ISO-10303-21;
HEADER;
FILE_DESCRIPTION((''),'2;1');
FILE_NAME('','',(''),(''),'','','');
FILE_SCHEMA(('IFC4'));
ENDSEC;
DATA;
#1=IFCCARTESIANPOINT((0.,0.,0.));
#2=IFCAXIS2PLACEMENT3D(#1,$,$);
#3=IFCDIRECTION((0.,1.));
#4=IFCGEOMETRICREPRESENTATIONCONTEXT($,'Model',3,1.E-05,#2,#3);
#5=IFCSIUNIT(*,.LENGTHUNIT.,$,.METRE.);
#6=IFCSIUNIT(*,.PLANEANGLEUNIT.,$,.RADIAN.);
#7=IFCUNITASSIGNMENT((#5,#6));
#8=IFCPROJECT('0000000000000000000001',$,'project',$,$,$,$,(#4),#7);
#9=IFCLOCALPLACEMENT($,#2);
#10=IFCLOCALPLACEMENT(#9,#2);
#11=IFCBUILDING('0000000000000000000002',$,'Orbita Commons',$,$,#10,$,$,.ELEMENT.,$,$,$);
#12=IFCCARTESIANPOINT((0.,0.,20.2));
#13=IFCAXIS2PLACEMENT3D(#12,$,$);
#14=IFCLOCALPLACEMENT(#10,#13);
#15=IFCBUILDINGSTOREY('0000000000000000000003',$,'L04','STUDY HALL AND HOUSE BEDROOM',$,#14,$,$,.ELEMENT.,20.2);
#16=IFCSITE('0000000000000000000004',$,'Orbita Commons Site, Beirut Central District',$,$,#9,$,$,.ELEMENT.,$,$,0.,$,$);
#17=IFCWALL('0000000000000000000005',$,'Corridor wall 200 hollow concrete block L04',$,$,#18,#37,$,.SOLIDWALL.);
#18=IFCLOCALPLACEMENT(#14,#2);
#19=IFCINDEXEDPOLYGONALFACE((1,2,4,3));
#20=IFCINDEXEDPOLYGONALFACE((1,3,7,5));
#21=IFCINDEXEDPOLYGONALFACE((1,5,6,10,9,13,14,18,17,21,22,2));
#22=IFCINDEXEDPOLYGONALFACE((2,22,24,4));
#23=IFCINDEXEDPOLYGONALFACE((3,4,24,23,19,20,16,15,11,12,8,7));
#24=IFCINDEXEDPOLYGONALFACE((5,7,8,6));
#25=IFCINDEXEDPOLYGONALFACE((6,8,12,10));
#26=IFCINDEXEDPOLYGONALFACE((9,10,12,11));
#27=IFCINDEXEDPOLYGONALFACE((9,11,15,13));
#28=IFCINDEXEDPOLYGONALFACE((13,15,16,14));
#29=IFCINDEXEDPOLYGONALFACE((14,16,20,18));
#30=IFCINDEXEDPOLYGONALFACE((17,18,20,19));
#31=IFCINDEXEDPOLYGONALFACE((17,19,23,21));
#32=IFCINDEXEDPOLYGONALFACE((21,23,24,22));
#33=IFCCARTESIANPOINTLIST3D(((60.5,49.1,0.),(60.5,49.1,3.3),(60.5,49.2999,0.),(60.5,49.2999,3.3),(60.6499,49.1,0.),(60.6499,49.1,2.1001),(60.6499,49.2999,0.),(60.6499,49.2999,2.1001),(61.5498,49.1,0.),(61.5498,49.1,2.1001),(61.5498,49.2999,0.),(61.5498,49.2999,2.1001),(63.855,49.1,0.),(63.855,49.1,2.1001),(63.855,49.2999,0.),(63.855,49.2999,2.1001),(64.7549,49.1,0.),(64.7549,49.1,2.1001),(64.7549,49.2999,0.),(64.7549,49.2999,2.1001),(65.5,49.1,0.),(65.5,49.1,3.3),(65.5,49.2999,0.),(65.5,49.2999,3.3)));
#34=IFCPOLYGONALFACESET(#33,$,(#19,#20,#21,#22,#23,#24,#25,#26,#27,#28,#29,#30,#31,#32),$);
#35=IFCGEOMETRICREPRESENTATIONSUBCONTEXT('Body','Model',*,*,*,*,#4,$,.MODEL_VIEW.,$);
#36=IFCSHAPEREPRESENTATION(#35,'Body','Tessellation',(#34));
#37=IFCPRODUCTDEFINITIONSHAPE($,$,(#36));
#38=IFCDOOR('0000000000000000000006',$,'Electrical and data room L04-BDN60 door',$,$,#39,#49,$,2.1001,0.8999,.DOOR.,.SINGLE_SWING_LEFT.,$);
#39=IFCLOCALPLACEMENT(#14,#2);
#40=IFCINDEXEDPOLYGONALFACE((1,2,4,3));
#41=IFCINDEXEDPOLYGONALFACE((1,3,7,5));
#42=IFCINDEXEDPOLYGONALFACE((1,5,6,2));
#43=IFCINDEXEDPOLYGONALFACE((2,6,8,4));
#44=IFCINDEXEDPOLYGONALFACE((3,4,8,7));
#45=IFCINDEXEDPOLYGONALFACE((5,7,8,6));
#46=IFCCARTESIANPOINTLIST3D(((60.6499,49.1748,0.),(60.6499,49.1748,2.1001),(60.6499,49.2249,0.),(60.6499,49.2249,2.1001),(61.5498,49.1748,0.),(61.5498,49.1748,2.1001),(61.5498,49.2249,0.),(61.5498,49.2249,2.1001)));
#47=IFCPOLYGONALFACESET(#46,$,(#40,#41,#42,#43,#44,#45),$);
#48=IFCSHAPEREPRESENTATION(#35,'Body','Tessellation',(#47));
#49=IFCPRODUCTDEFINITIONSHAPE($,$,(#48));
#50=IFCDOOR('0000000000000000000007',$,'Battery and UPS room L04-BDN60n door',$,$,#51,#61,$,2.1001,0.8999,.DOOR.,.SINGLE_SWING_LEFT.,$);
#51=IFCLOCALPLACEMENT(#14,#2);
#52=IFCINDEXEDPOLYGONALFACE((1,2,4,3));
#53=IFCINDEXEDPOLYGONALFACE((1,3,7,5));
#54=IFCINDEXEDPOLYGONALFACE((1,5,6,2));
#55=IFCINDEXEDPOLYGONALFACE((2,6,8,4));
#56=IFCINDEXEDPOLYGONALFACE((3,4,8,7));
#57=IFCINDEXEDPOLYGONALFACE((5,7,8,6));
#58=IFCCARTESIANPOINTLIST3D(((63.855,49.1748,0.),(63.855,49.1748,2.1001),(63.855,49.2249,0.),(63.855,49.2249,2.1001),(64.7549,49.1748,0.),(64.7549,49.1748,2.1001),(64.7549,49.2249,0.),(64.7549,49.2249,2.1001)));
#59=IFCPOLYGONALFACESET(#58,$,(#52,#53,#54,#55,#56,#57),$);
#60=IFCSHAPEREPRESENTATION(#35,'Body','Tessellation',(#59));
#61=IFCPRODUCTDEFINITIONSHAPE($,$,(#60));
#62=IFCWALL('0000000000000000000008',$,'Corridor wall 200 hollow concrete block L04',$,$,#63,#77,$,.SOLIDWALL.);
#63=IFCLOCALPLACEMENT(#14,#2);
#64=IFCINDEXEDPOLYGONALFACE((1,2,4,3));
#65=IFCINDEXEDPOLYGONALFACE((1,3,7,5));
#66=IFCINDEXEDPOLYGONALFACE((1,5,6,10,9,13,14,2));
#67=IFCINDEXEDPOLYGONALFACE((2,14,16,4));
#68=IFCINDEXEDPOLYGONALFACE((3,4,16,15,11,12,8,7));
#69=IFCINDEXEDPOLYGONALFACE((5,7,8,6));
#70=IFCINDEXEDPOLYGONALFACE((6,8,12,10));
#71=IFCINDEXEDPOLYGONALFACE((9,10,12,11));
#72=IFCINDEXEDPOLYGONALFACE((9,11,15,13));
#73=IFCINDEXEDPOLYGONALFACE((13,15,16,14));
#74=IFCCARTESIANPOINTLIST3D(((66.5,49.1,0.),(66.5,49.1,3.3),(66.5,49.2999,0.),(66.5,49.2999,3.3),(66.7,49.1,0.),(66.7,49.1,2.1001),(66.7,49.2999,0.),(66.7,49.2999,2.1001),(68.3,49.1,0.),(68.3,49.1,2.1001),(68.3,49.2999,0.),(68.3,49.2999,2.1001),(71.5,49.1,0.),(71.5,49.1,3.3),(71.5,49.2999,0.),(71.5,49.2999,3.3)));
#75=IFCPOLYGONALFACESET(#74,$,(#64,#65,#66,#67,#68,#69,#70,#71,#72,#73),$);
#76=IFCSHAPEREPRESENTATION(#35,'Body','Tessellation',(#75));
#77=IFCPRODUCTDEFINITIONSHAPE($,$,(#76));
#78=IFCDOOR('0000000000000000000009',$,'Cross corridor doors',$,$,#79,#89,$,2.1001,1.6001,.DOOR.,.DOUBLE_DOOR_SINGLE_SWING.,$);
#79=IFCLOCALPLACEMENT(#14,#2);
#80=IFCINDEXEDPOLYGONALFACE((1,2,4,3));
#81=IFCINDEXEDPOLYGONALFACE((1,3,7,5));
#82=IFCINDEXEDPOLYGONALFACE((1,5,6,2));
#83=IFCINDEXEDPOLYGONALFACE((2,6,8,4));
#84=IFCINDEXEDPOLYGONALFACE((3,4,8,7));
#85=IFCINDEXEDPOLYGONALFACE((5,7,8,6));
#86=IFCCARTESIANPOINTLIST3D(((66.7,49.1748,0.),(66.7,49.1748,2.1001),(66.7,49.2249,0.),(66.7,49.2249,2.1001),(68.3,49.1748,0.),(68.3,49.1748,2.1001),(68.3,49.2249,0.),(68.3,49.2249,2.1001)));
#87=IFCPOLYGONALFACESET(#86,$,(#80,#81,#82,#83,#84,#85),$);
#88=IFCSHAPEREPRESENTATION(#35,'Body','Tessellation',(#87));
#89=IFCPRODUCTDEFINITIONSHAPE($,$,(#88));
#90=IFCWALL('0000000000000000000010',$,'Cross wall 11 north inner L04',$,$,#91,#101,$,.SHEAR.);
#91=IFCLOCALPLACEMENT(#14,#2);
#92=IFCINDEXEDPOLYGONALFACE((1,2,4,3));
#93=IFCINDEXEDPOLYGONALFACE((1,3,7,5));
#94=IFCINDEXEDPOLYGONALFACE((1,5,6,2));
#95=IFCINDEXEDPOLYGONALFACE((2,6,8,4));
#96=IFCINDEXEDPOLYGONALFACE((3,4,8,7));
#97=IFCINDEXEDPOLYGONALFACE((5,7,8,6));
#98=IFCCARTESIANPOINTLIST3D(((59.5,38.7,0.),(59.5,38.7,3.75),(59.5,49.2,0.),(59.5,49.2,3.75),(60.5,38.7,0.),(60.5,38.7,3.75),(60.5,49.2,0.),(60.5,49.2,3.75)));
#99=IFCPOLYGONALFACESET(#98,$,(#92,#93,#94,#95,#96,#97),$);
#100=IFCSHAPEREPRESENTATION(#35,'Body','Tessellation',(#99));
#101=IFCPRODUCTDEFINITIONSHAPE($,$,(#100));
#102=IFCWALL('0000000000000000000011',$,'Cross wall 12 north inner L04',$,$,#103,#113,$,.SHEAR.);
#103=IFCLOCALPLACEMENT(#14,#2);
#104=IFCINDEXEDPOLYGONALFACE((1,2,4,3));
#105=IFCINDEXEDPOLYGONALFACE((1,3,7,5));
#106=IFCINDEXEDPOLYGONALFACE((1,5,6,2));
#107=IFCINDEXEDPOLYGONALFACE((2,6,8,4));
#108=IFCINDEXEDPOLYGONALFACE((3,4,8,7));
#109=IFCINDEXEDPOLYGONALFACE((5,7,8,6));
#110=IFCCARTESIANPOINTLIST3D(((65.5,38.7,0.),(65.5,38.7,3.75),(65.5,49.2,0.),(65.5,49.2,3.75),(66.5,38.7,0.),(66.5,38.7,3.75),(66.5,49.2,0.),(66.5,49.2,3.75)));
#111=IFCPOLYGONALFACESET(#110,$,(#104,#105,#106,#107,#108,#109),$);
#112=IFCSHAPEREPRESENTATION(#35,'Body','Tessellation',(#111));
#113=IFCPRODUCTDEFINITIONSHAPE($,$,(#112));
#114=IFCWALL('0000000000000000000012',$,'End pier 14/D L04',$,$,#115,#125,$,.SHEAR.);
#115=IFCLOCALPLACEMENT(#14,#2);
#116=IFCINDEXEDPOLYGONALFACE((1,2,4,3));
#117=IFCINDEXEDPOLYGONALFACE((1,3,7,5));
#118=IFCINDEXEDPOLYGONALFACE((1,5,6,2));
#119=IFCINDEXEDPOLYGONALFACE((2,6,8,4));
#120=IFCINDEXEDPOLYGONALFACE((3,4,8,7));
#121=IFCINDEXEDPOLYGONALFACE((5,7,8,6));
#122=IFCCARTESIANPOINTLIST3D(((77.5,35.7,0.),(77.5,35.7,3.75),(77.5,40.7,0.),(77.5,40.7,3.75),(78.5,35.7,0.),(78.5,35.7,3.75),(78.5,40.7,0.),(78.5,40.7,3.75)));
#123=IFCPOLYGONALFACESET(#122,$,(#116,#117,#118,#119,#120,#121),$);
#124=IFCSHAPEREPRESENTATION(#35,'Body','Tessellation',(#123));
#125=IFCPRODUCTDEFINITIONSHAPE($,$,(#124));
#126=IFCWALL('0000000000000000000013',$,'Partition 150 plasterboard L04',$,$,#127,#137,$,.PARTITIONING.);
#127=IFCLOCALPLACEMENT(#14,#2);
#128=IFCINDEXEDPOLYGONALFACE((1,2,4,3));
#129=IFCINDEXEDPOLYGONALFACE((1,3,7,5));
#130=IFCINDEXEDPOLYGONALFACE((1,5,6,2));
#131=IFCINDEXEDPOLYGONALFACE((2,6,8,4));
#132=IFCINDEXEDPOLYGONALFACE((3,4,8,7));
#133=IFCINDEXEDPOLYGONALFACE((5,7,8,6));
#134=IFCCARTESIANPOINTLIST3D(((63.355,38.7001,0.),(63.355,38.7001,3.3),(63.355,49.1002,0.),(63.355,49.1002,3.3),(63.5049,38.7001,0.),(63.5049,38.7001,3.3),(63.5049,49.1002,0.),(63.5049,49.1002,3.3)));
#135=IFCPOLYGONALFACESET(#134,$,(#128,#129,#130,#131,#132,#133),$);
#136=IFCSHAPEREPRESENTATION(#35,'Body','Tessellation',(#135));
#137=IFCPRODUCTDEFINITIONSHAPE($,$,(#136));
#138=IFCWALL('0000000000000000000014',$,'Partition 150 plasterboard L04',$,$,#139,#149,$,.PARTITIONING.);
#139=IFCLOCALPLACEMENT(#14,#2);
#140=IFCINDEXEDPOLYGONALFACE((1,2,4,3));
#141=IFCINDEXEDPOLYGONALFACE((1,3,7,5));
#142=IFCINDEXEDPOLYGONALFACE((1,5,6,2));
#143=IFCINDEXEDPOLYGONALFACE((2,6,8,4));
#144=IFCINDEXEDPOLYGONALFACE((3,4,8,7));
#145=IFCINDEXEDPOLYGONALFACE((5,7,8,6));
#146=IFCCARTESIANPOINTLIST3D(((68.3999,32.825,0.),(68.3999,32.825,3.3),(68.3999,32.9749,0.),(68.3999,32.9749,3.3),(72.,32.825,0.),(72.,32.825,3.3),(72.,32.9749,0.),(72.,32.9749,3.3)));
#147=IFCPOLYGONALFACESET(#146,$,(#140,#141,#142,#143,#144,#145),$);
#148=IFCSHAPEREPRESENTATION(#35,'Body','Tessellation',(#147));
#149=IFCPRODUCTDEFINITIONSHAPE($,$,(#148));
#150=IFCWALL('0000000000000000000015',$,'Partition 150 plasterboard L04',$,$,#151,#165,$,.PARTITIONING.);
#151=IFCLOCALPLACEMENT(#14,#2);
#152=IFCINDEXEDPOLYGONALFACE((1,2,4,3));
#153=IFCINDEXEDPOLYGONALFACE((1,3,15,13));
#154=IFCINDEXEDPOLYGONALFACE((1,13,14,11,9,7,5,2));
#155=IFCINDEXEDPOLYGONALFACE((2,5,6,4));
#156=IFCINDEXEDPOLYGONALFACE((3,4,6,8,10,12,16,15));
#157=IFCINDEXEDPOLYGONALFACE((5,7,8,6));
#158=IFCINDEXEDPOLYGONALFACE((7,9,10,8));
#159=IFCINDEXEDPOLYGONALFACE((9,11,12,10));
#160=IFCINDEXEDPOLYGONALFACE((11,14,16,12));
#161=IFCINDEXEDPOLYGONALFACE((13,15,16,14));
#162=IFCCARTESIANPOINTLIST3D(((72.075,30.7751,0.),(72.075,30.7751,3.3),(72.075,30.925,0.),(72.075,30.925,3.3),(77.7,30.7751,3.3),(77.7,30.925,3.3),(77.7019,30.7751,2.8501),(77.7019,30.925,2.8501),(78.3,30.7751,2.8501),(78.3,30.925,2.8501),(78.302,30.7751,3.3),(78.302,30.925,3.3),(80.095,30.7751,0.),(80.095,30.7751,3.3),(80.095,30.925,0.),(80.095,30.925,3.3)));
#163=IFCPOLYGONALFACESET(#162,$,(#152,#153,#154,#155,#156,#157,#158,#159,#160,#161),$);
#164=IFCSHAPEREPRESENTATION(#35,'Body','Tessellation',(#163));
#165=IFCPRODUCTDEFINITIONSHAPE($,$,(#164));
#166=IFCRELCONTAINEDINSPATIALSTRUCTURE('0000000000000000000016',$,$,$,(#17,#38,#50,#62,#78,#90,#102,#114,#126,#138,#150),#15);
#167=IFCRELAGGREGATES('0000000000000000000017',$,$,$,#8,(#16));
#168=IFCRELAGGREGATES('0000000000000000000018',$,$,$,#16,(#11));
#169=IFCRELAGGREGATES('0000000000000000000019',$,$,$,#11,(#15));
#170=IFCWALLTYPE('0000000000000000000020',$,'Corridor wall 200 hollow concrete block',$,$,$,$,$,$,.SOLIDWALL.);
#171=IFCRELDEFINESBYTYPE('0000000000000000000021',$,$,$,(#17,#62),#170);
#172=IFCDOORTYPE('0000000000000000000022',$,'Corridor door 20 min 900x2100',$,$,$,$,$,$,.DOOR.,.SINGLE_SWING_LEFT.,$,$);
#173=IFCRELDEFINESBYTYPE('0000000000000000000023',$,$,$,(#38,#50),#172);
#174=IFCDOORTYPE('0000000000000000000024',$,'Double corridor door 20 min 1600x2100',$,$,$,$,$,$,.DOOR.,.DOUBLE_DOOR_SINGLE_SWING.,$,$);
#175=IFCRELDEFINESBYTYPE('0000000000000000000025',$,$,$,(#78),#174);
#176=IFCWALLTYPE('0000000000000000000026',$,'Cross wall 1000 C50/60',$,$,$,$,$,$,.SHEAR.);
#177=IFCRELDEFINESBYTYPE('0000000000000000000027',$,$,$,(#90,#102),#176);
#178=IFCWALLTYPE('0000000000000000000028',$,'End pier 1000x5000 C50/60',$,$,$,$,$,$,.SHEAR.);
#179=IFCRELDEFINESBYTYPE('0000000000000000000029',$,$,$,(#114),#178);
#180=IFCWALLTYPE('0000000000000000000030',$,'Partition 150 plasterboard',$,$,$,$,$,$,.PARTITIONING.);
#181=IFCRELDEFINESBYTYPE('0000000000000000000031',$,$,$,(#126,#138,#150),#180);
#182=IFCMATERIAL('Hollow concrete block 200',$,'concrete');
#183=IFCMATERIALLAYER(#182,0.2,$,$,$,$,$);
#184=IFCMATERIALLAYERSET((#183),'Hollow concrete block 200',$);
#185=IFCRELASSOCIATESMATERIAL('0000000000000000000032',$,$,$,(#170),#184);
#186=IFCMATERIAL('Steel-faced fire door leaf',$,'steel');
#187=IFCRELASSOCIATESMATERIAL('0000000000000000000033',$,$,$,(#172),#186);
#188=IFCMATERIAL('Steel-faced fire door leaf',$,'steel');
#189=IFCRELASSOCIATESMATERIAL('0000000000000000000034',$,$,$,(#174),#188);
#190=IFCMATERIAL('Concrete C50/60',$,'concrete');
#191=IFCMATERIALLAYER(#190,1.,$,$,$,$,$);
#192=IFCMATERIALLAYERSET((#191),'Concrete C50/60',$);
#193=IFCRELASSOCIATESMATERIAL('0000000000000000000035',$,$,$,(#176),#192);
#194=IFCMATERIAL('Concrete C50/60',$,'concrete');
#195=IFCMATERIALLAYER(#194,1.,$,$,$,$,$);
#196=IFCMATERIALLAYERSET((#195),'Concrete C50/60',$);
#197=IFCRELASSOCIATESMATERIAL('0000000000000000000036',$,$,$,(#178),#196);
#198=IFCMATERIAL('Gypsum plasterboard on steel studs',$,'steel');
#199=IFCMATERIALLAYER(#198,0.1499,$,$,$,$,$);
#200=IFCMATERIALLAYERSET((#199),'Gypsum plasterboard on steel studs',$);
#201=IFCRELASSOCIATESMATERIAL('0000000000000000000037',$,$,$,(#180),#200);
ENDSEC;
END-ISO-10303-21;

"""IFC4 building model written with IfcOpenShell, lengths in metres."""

from ifc_helpers import new_model, si_unit, direction, frame, frame_2d, origin, place, context, subcontext, project, spatial, polyline, rectangle, outline, extrude, material, layer, layer_set, type_object, element, fill, save


model = new_model("IFC4")

# Units and contexts
model_context = context("Model", 3, precision=1e-05, world=origin(), true_north=direction((0.0, 1.0)))
body_context = subcontext(model_context, "Body", "Model", "MODEL_VIEW")
ifc_project = project(units=[si_unit("LENGTHUNIT", "METRE"), si_unit("PLANEANGLEUNIT", "RADIAN")], contexts=[model_context])

# Site, building, storey
site_placement = place(None, origin())
site = spatial("IfcSite", under=ifc_project, at=site_placement, Name="Orbita Commons Site, Beirut Central District", CompositionType="ELEMENT", RefElevation=0.0)
building_placement = place(site_placement, origin())
building = spatial("IfcBuilding", under=site, at=building_placement, Name="Orbita Commons", CompositionType="ELEMENT")
storey_placement = place(building_placement, frame((0.0, 0.0, 20.2)))
storey = spatial("IfcBuildingStorey", under=building, at=storey_placement, Name="L04", Description="STUDY HALL AND HOUSE BEDROOM", CompositionType="ELEMENT", Elevation=20.2)

# Wall, openings, doors
ifc_material_1 = material(Name="Hollow concrete block 200", Category="concrete")
ifc_layer_1 = layer(ifc_material_1, 0.2)
ifc_layer_set_1 = layer_set([ifc_layer_1], Name="Hollow concrete block 200")
wall_type_1 = type_object("IfcWallType", Name="Corridor wall 200 hollow concrete block", PredefinedType="SOLIDWALL", material=ifc_layer_set_1)
wall_1_placement = place(storey_placement, frame((60.5, 49.2, 0.0), z_axis=(0.0, 0.0, 1.0), x_axis=(1.0, 0.0, 0.0)))
wall_1 = element("IfcWall", 1, at=wall_1_placement, inside=storey, type_object=wall_type_1, Name="Corridor wall 200 hollow concrete block L04", PredefinedType="SOLIDWALL", context=body_context, shape_type="SweptSolid", body=[
    extrude(rectangle(XDim=5.0, YDim=0.2, at=frame_2d((2.5, 0.0))), origin(), (0.0, 0.0, 1.0), 3.3),
])
opening_1_placement = place(wall_1_placement, frame((0.1499, 0.0, 0.0)))
opening_1 = element("IfcOpeningElement", 2, at=opening_1_placement, cuts=wall_1, PredefinedType="OPENING", context=body_context, shape_type="SweptSolid", body=[
    extrude(rectangle(XDim=0.8999, YDim=2.1001, at=frame_2d((0.45, 1.05))), frame((0.0, 0.1099, 0.0), z_axis=(0.0, -1.0, 0.0), x_axis=(1.0, 0.0, 0.0)), (0.0, 0.0, 1.0), 0.22),
])
opening_2_placement = place(wall_1_placement, frame((3.355, 0.0, 0.0)))
opening_2 = element("IfcOpeningElement", 3, at=opening_2_placement, cuts=wall_1, PredefinedType="OPENING", context=body_context, shape_type="SweptSolid", body=[
    extrude(rectangle(XDim=0.8999, YDim=2.1001, at=frame_2d((0.45, 1.05))), frame((0.0, 0.1099, 0.0), z_axis=(0.0, -1.0, 0.0), x_axis=(1.0, 0.0, 0.0)), (0.0, 0.0, 1.0), 0.22),
])
ifc_material_2 = material(Name="Steel-faced fire door leaf", Category="steel")
door_type_1 = type_object("IfcDoorType", Name="Corridor door 20 min 900x2100", OperationType="SINGLE_SWING_LEFT", PredefinedType="DOOR", material=ifc_material_2)
door_1_placement = place(opening_1_placement, origin())
door_1 = element("IfcDoor", 4, at=door_1_placement, inside=storey, type_object=door_type_1, Name="Electrical and data room L04-BDN60 door", OperationType="SINGLE_SWING_LEFT", OverallHeight=2.1001, OverallWidth=0.8999, PredefinedType="DOOR", context=body_context, shape_type="SweptSolid", body=[
    extrude(rectangle(XDim=0.8999, YDim=2.1001, at=frame_2d((0.45, 1.05))), frame((0.0, 0.0249, 0.0), z_axis=(0.0, -1.0, 0.0), x_axis=(1.0, 0.0, 0.0)), (0.0, 0.0, 1.0), 0.05),
])
fill(opening_1, door_1)
door_2_placement = place(opening_2_placement, origin())
door_2 = element("IfcDoor", 5, at=door_2_placement, inside=storey, type_object=door_type_1, Name="Battery and UPS room L04-BDN60n door", OperationType="SINGLE_SWING_LEFT", OverallHeight=2.1001, OverallWidth=0.8999, PredefinedType="DOOR", context=body_context, shape_type="SweptSolid", body=[
    extrude(rectangle(XDim=0.8999, YDim=2.1001, at=frame_2d((0.45, 1.05))), frame((0.0, 0.0249, 0.0), z_axis=(0.0, -1.0, 0.0), x_axis=(1.0, 0.0, 0.0)), (0.0, 0.0, 1.0), 0.05),
])
fill(opening_2, door_2)

# Wall, opening, door
wall_2_placement = place(storey_placement, frame((66.5, 49.2, 0.0), z_axis=(0.0, 0.0, 1.0), x_axis=(1.0, 0.0, 0.0)))
wall_2 = element("IfcWall", 6, at=wall_2_placement, inside=storey, type_object=wall_type_1, Name="Corridor wall 200 hollow concrete block L04", PredefinedType="SOLIDWALL", context=body_context, shape_type="SweptSolid", body=[
    extrude(rectangle(XDim=5.0, YDim=0.2, at=frame_2d((2.5, 0.0))), origin(), (0.0, 0.0, 1.0), 3.3),
])
opening_3_placement = place(wall_2_placement, frame((0.2, 0.0, 0.0)))
opening_3 = element("IfcOpeningElement", 7, at=opening_3_placement, cuts=wall_2, PredefinedType="OPENING", context=body_context, shape_type="SweptSolid", body=[
    extrude(rectangle(XDim=1.6001, YDim=2.1001, at=frame_2d((0.8, 1.05))), frame((0.0, 0.1099, 0.0), z_axis=(0.0, -1.0, 0.0), x_axis=(1.0, 0.0, 0.0)), (0.0, 0.0, 1.0), 0.22),
])
ifc_material_3 = material(Name="Steel-faced fire door leaf", Category="steel")
door_type_2 = type_object("IfcDoorType", Name="Double corridor door 20 min 1600x2100", OperationType="DOUBLE_DOOR_SINGLE_SWING", PredefinedType="DOOR", material=ifc_material_3)
door_3_placement = place(opening_3_placement, origin())
door_3 = element("IfcDoor", 8, at=door_3_placement, inside=storey, type_object=door_type_2, Name="Cross corridor doors", OperationType="DOUBLE_DOOR_SINGLE_SWING", OverallHeight=2.1001, OverallWidth=1.6001, PredefinedType="DOOR", context=body_context, shape_type="SweptSolid", body=[
    extrude(rectangle(XDim=1.6001, YDim=2.1001, at=frame_2d((0.8, 1.05))), frame((0.0, 0.0249, 0.0), z_axis=(0.0, -1.0, 0.0), x_axis=(1.0, 0.0, 0.0)), (0.0, 0.0, 1.0), 0.05),
])
fill(opening_3, door_3)

# Walls
ifc_material_4 = material(Name="Concrete C50/60", Category="concrete")
ifc_layer_2 = layer(ifc_material_4, 1.0)
ifc_layer_set_2 = layer_set([ifc_layer_2], Name="Concrete C50/60")
wall_type_2 = type_object("IfcWallType", Name="Cross wall 1000 C50/60", PredefinedType="SHEAR", material=ifc_layer_set_2)
for number, where, z_axis, x_axis, name in (
    (9, (60.0, 38.7, 0.0), (0.0, 0.0, 1.0), (0.0, 1.0, 0.0), "Cross wall 11 north inner L04"),
    (10, (66.0, 38.7, 0.0), (0.0, 0.0, 1.0), (0.0, 1.0, 0.0), "Cross wall 12 north inner L04"),
):
    element("IfcWall", number, at=place(storey_placement, frame(where, z_axis=z_axis, x_axis=x_axis)), inside=storey, type_object=wall_type_2, Name=name, PredefinedType="SHEAR", context=body_context, shape_type="SweptSolid", body=[
        extrude(rectangle(XDim=10.5, YDim=1.0, at=frame_2d((5.25, 0.0))), origin(), (0.0, 0.0, 1.0), 3.75),
    ])
ifc_material_5 = material(Name="Concrete C50/60", Category="concrete")
ifc_layer_3 = layer(ifc_material_5, 1.0)
ifc_layer_set_3 = layer_set([ifc_layer_3], Name="Concrete C50/60")
wall_type_3 = type_object("IfcWallType", Name="End pier 1000x5000 C50/60", PredefinedType="SHEAR", material=ifc_layer_set_3)
wall_3_placement = place(storey_placement, frame((78.0, 35.7, 0.0), z_axis=(0.0, 0.0, 1.0), x_axis=(0.0, 1.0, 0.0)))
element("IfcWall", 11, at=wall_3_placement, inside=storey, type_object=wall_type_3, Name="End pier 14/D L04", PredefinedType="SHEAR", context=body_context, shape_type="SweptSolid", body=[
    extrude(rectangle(XDim=5.0, YDim=1.0, at=frame_2d((2.5, 0.0))), origin(), (0.0, 0.0, 1.0), 3.75),
])
ifc_material_6 = material(Name="Gypsum plasterboard on steel studs", Category="steel")
ifc_layer_4 = layer(ifc_material_6, 0.1499)
ifc_layer_set_4 = layer_set([ifc_layer_4], Name="Gypsum plasterboard on steel studs")
wall_type_4 = type_object("IfcWallType", Name="Partition 150 plasterboard", PredefinedType="PARTITIONING", material=ifc_layer_set_4)
wall_4_placement = place(storey_placement, frame((63.4299, 38.7, 0.0), z_axis=(0.0, 0.0, 1.0), x_axis=(0.0, 1.0, 0.0)))
element("IfcWall", 12, at=wall_4_placement, inside=storey, type_object=wall_type_4, Name="Partition 150 plasterboard L04", PredefinedType="PARTITIONING", context=body_context, shape_type="SweptSolid", body=[
    extrude(rectangle(XDim=10.4001, YDim=0.1499, at=frame_2d((5.2002, 0.0))), origin(), (0.0, 0.0, 1.0), 3.3),
])
wall_5_placement = place(storey_placement, frame((68.3999, 32.8999, 0.0), z_axis=(0.0, 0.0, 1.0), x_axis=(1.0, 0.0, 0.0)))
element("IfcWall", 13, at=wall_5_placement, inside=storey, type_object=wall_type_4, Name="Partition 150 plasterboard L04", PredefinedType="PARTITIONING", context=body_context, shape_type="SweptSolid", body=[
    extrude(rectangle(XDim=3.6001, YDim=0.1499, at=frame_2d((1.8, 0.0))), origin(), (0.0, 0.0, 1.0), 3.3),
])
wall_6_placement = place(storey_placement, frame((72.075, 30.8501, 0.0), z_axis=(0.0, 0.0, 1.0), x_axis=(1.0, 0.0, 0.0)))
element("IfcWall", 14, at=wall_6_placement, inside=storey, type_object=wall_type_4, Name="Partition 150 plasterboard L04", PredefinedType="PARTITIONING", context=body_context, shape_type="SweptSolid", body=[
    extrude(outline(polyline([(0.0, 0.0), (8.02, 0.0), (8.02, 3.3), (6.2271, 3.3), (6.2251, 2.8501), (5.627, 2.8501), (5.625, 3.3), (0.0, 3.3), (0.0, 0.0)])), frame((0.0, 0.075, 0.0), z_axis=(0.0, -1.0, 0.0), x_axis=(1.0, 0.0, 0.0)), (0.0, 0.0, 1.0), 0.1499),
])

save(model, "model.ifc")
